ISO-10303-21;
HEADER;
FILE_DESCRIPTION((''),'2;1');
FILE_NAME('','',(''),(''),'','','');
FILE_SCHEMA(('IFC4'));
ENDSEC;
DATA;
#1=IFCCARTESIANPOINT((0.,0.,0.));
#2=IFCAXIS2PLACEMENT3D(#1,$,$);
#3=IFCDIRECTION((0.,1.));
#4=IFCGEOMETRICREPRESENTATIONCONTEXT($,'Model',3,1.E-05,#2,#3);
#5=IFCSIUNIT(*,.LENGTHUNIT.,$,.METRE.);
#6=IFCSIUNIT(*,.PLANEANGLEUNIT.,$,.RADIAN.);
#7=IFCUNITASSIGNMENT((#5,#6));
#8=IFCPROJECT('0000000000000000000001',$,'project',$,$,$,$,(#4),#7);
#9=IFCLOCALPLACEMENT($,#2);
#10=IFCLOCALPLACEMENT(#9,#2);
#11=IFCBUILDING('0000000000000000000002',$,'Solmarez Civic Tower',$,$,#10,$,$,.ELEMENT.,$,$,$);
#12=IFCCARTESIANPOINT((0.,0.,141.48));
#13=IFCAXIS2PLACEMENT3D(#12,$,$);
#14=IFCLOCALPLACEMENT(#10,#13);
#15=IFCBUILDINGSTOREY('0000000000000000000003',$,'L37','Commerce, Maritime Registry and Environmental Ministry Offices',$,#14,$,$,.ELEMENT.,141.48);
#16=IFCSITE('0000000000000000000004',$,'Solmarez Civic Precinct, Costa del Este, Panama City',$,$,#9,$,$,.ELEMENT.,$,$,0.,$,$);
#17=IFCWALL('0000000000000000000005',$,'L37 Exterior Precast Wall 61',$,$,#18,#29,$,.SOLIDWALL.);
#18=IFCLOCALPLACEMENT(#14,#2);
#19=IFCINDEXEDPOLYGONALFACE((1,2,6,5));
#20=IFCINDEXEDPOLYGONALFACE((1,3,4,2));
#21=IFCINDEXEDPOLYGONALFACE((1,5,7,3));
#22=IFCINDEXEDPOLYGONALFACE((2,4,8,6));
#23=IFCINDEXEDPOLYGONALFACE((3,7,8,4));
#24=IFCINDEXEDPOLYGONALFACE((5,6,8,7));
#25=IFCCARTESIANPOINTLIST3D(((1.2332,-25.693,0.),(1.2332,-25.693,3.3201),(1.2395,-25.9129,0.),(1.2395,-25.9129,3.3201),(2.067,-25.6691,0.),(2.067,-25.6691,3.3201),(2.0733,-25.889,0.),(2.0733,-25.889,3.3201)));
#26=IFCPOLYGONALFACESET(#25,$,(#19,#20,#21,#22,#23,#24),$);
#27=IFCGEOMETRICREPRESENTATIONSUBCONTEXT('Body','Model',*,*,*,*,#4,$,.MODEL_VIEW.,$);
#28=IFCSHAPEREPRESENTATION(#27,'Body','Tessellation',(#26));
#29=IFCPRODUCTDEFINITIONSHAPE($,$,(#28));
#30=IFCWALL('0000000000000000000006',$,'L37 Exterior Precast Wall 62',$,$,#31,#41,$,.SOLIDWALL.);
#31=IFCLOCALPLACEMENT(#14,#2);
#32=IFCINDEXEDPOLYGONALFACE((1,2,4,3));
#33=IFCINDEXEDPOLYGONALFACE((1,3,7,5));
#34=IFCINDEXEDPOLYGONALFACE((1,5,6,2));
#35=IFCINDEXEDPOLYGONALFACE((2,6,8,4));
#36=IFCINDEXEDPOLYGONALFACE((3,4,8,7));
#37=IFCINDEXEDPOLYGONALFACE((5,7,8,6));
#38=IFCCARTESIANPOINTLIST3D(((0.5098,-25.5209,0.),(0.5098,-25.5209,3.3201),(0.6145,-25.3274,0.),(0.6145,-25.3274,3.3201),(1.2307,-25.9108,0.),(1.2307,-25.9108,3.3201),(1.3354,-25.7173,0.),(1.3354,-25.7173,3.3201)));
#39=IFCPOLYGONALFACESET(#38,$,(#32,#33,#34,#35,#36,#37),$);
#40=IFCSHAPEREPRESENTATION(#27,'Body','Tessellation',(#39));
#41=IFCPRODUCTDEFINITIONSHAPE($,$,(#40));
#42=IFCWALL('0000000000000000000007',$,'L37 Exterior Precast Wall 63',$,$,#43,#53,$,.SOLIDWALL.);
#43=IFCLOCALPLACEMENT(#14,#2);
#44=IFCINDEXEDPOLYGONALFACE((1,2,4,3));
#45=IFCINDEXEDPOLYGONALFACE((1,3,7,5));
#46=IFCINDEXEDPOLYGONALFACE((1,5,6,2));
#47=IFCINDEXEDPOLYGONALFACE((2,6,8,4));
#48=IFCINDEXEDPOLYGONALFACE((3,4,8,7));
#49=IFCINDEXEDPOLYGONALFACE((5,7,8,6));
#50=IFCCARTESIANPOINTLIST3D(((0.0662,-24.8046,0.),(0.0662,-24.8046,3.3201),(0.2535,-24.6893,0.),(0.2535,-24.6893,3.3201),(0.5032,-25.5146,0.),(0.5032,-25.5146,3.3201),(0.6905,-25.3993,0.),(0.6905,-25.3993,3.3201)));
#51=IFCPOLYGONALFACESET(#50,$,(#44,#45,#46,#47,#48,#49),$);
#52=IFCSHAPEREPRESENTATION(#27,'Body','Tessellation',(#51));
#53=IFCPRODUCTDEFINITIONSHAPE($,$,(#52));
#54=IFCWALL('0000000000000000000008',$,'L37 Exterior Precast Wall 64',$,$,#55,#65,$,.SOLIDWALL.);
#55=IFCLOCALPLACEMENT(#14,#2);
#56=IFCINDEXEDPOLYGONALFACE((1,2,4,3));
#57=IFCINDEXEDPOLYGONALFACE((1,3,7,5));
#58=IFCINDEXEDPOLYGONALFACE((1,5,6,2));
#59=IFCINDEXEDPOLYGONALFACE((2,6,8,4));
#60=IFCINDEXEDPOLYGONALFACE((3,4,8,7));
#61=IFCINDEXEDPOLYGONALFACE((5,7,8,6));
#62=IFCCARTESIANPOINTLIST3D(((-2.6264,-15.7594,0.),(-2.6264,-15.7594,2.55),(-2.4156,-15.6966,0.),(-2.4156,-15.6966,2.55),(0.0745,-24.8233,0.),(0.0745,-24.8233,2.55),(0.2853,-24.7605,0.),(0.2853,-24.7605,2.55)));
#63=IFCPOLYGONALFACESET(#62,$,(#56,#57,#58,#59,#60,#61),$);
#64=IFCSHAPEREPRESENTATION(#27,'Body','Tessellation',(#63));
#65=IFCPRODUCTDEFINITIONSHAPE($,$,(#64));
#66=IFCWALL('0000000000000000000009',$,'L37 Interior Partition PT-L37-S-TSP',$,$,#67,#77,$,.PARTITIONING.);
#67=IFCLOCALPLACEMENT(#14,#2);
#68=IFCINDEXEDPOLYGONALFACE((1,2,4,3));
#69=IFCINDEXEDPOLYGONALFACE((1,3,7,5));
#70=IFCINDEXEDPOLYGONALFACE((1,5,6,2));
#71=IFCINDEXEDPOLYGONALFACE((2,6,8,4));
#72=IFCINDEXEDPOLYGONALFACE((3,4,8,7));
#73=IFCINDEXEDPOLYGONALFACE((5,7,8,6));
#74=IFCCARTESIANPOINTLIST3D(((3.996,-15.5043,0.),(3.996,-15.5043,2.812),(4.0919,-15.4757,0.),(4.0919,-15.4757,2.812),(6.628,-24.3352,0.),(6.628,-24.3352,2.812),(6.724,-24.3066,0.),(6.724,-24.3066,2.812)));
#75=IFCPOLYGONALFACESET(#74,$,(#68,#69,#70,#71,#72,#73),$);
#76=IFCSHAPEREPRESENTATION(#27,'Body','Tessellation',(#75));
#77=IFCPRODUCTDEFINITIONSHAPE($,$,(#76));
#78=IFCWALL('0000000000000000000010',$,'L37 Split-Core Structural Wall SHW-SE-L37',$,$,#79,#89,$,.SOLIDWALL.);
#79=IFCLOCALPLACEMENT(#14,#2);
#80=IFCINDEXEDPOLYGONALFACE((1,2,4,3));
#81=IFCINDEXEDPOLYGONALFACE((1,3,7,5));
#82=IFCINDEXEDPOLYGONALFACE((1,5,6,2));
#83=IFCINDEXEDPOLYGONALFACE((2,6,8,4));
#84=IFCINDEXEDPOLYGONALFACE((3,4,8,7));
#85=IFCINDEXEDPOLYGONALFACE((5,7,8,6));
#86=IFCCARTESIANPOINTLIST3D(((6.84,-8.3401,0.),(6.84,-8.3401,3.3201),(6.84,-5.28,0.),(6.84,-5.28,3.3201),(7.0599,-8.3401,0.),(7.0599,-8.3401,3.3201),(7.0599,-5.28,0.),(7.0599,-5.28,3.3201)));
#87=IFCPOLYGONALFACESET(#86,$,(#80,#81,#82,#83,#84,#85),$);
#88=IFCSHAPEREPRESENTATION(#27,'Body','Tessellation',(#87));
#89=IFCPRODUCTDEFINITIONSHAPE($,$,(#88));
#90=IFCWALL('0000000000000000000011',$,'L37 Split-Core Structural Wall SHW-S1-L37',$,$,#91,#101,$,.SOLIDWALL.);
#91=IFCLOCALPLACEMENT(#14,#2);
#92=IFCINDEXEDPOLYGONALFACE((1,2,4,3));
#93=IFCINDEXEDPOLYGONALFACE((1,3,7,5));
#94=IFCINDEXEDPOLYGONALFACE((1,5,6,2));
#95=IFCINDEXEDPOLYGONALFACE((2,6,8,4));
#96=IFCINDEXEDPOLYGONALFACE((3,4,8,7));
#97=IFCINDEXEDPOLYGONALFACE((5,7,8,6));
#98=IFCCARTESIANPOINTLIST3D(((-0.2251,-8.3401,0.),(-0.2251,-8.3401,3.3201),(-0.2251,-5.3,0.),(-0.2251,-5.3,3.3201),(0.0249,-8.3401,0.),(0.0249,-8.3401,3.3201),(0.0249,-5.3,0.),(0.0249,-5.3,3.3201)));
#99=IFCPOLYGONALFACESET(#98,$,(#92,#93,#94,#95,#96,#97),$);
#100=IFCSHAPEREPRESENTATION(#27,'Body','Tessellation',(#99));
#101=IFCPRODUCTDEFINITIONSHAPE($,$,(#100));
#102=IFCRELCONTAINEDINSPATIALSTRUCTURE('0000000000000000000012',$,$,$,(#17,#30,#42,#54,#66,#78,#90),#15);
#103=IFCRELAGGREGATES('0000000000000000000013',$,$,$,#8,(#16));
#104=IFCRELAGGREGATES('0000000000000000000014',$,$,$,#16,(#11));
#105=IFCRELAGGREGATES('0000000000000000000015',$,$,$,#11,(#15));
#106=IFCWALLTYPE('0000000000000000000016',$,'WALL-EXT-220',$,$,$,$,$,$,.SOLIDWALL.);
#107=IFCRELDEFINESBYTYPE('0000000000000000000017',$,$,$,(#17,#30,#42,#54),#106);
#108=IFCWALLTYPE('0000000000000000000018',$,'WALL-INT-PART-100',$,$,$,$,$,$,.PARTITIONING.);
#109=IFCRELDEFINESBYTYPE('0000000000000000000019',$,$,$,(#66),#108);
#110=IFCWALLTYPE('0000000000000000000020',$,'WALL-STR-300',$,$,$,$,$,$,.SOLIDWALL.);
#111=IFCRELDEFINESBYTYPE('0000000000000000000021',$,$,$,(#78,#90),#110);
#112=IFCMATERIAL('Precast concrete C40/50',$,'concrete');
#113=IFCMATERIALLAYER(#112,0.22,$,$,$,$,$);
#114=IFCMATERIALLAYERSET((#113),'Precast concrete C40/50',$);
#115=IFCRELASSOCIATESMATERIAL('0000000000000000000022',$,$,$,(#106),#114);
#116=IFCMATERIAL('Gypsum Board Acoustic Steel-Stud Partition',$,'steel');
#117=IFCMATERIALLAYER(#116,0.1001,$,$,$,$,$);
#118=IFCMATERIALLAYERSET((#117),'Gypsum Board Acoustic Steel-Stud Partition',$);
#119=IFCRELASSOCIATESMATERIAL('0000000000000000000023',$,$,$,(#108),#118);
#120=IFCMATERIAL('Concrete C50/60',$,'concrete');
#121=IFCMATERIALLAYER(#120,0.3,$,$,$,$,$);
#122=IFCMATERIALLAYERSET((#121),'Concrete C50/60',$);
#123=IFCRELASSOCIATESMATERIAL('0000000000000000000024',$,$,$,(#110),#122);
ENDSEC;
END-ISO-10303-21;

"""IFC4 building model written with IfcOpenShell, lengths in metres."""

from ifc_helpers import new_model, si_unit, direction, frame, frame_2d, origin, place, context, subcontext, project, spatial, rectangle, extrude, material, layer, layer_set, type_object, element, save


model = new_model("IFC4")

# Units and contexts
model_context = context("Model", 3, precision=1e-05, world=origin(), true_north=direction((0.0, 1.0)))
body_context = subcontext(model_context, "Body", "Model", "MODEL_VIEW")
ifc_project = project(units=[si_unit("LENGTHUNIT", "METRE"), si_unit("PLANEANGLEUNIT", "RADIAN")], contexts=[model_context])

# Site, building, storey
site_placement = place(None, origin())
site = spatial("IfcSite", under=ifc_project, at=site_placement, Name="Solmarez Civic Precinct, Costa del Este, Panama City", CompositionType="ELEMENT", RefElevation=0.0)
building_placement = place(site_placement, origin())
building = spatial("IfcBuilding", under=site, at=building_placement, Name="Solmarez Civic Tower", CompositionType="ELEMENT")
storey_placement = place(building_placement, frame((0.0, 0.0, 141.48)))
storey = spatial("IfcBuildingStorey", under=building, at=storey_placement, Name="L37", Description="Commerce, Maritime Registry and Environmental Ministry Offices", CompositionType="ELEMENT", Elevation=141.48)

# Shared definitions
ifc_material_1 = material(Name="Concrete C50/60", Category="concrete")

# Walls
ifc_material_2 = material(Name="Precast concrete C40/50", Category="concrete")
ifc_layer_1 = layer(ifc_material_2, 0.22)
ifc_layer_set_1 = layer_set([ifc_layer_1], Name="Precast concrete C40/50")
wall_type_1 = type_object("IfcWallType", Name="WALL-EXT-220", PredefinedType="SOLIDWALL", material=ifc_layer_set_1)
wall_1_placement = place(storey_placement, frame((2.0701, -25.7791, 0.0), z_axis=(0.0, 0.0, 1.0), x_axis=(-0.999589, -0.028677, 0.0)))
element("IfcWall", 1, at=wall_1_placement, inside=storey, type_object=wall_type_1, Name="L37 Exterior Precast Wall 61", PredefinedType="SOLIDWALL", context=body_context, shape_type="SweptSolid", body=[
    extrude(rectangle(XDim=0.8342, YDim=0.22, at=frame_2d((0.417, 0.0))), origin(), (0.0, 0.0, 1.0), 3.3201),
])
wall_2_placement = place(storey_placement, frame((1.283, -25.814, 0.0), z_axis=(0.0, 0.0, 1.0), x_axis=(-0.879609, 0.475698, 0.0)))
element("IfcWall", 2, at=wall_2_placement, inside=storey, type_object=wall_type_1, Name="L37 Exterior Precast Wall 62", PredefinedType="SOLIDWALL", context=body_context, shape_type="SweptSolid", body=[
    extrude(rectangle(XDim=0.8196, YDim=0.22, at=frame_2d((0.4097, 0.0))), origin(), (0.0, 0.0, 1.0), 3.3201),
])
wall_3_placement = place(storey_placement, frame((0.5969, -25.457, 0.0), z_axis=(0.0, 0.0, 1.0), x_axis=(-0.524195, 0.851598, 0.0)))
element("IfcWall", 3, at=wall_3_placement, inside=storey, type_object=wall_type_1, Name="L37 Exterior Precast Wall 63", PredefinedType="SOLIDWALL", context=body_context, shape_type="SweptSolid", body=[
    extrude(rectangle(XDim=0.8337, YDim=0.22, at=frame_2d((0.417, 0.0))), origin(), (0.0, 0.0, 1.0), 3.3201),
])
wall_4_placement = place(storey_placement, frame((0.1799, -24.792, 0.0), z_axis=(0.0, 0.0, 1.0), x_axis=(-0.285576, 0.958356, 0.0)))
element("IfcWall", 4, at=wall_4_placement, inside=storey, type_object=wall_type_1, Name="L37 Exterior Precast Wall 64", PredefinedType="SOLIDWALL", context=body_context, shape_type="SweptSolid", body=[
    extrude(rectangle(XDim=9.4578, YDim=0.22, at=frame_2d((4.729, 0.0))), origin(), (0.0, 0.0, 1.0), 2.55),
])
ifc_material_3 = material(Name="Gypsum Board Acoustic Steel-Stud Partition", Category="steel")
ifc_layer_2 = layer(ifc_material_3, 0.1001)
ifc_layer_set_2 = layer_set([ifc_layer_2], Name="Gypsum Board Acoustic Steel-Stud Partition")
wall_type_2 = type_object("IfcWallType", Name="WALL-INT-PART-100", PredefinedType="PARTITIONING", material=ifc_layer_set_2)
wall_5_placement = place(storey_placement, frame((4.0439, -15.49, 0.0), z_axis=(0.0, 0.0, 1.0), x_axis=(0.285631, -0.95834, 0.0)))
element("IfcWall", 5, at=wall_5_placement, inside=storey, type_object=wall_type_2, Name="L37 Interior Partition PT-L37-S-TSP", PredefinedType="PARTITIONING", context=body_context, shape_type="SweptSolid", body=[
    extrude(rectangle(XDim=9.2148, YDim=0.1001, at=frame_2d((4.6074, 0.0))), origin(), (0.0, 0.0, 1.0), 2.812),
])
ifc_layer_3 = layer(ifc_material_1, 0.3)
ifc_layer_set_3 = layer_set([ifc_layer_3], Name="Concrete C50/60")
wall_type_3 = type_object("IfcWallType", Name="WALL-STR-300", PredefinedType="SOLIDWALL", material=ifc_layer_set_3)
wall_6_placement = place(storey_placement, frame((6.95, -8.3401, 0.0), z_axis=(0.0, 0.0, 1.0), x_axis=(0.0, 1.0, 0.0)))
element("IfcWall", 6, at=wall_6_placement, inside=storey, type_object=wall_type_3, Name="L37 Split-Core Structural Wall SHW-SE-L37", PredefinedType="SOLIDWALL", context=body_context, shape_type="SweptSolid", body=[
    extrude(rectangle(XDim=3.0601, YDim=0.22, at=frame_2d((1.53, 0.0))), origin(), (0.0, 0.0, 1.0), 3.3201),
])
wall_7_placement = place(storey_placement, frame((-0.1001, -8.3401, 0.0), z_axis=(0.0, 0.0, 1.0), x_axis=(0.0, 1.0, 0.0)))
element("IfcWall", 7, at=wall_7_placement, inside=storey, type_object=wall_type_3, Name="L37 Split-Core Structural Wall SHW-S1-L37", PredefinedType="SOLIDWALL", context=body_context, shape_type="SweptSolid", body=[
    extrude(rectangle(XDim=3.04, YDim=0.25, at=frame_2d((1.52, 0.0))), origin(), (0.0, 0.0, 1.0), 3.3201),
])

save(model, "model.ifc")
